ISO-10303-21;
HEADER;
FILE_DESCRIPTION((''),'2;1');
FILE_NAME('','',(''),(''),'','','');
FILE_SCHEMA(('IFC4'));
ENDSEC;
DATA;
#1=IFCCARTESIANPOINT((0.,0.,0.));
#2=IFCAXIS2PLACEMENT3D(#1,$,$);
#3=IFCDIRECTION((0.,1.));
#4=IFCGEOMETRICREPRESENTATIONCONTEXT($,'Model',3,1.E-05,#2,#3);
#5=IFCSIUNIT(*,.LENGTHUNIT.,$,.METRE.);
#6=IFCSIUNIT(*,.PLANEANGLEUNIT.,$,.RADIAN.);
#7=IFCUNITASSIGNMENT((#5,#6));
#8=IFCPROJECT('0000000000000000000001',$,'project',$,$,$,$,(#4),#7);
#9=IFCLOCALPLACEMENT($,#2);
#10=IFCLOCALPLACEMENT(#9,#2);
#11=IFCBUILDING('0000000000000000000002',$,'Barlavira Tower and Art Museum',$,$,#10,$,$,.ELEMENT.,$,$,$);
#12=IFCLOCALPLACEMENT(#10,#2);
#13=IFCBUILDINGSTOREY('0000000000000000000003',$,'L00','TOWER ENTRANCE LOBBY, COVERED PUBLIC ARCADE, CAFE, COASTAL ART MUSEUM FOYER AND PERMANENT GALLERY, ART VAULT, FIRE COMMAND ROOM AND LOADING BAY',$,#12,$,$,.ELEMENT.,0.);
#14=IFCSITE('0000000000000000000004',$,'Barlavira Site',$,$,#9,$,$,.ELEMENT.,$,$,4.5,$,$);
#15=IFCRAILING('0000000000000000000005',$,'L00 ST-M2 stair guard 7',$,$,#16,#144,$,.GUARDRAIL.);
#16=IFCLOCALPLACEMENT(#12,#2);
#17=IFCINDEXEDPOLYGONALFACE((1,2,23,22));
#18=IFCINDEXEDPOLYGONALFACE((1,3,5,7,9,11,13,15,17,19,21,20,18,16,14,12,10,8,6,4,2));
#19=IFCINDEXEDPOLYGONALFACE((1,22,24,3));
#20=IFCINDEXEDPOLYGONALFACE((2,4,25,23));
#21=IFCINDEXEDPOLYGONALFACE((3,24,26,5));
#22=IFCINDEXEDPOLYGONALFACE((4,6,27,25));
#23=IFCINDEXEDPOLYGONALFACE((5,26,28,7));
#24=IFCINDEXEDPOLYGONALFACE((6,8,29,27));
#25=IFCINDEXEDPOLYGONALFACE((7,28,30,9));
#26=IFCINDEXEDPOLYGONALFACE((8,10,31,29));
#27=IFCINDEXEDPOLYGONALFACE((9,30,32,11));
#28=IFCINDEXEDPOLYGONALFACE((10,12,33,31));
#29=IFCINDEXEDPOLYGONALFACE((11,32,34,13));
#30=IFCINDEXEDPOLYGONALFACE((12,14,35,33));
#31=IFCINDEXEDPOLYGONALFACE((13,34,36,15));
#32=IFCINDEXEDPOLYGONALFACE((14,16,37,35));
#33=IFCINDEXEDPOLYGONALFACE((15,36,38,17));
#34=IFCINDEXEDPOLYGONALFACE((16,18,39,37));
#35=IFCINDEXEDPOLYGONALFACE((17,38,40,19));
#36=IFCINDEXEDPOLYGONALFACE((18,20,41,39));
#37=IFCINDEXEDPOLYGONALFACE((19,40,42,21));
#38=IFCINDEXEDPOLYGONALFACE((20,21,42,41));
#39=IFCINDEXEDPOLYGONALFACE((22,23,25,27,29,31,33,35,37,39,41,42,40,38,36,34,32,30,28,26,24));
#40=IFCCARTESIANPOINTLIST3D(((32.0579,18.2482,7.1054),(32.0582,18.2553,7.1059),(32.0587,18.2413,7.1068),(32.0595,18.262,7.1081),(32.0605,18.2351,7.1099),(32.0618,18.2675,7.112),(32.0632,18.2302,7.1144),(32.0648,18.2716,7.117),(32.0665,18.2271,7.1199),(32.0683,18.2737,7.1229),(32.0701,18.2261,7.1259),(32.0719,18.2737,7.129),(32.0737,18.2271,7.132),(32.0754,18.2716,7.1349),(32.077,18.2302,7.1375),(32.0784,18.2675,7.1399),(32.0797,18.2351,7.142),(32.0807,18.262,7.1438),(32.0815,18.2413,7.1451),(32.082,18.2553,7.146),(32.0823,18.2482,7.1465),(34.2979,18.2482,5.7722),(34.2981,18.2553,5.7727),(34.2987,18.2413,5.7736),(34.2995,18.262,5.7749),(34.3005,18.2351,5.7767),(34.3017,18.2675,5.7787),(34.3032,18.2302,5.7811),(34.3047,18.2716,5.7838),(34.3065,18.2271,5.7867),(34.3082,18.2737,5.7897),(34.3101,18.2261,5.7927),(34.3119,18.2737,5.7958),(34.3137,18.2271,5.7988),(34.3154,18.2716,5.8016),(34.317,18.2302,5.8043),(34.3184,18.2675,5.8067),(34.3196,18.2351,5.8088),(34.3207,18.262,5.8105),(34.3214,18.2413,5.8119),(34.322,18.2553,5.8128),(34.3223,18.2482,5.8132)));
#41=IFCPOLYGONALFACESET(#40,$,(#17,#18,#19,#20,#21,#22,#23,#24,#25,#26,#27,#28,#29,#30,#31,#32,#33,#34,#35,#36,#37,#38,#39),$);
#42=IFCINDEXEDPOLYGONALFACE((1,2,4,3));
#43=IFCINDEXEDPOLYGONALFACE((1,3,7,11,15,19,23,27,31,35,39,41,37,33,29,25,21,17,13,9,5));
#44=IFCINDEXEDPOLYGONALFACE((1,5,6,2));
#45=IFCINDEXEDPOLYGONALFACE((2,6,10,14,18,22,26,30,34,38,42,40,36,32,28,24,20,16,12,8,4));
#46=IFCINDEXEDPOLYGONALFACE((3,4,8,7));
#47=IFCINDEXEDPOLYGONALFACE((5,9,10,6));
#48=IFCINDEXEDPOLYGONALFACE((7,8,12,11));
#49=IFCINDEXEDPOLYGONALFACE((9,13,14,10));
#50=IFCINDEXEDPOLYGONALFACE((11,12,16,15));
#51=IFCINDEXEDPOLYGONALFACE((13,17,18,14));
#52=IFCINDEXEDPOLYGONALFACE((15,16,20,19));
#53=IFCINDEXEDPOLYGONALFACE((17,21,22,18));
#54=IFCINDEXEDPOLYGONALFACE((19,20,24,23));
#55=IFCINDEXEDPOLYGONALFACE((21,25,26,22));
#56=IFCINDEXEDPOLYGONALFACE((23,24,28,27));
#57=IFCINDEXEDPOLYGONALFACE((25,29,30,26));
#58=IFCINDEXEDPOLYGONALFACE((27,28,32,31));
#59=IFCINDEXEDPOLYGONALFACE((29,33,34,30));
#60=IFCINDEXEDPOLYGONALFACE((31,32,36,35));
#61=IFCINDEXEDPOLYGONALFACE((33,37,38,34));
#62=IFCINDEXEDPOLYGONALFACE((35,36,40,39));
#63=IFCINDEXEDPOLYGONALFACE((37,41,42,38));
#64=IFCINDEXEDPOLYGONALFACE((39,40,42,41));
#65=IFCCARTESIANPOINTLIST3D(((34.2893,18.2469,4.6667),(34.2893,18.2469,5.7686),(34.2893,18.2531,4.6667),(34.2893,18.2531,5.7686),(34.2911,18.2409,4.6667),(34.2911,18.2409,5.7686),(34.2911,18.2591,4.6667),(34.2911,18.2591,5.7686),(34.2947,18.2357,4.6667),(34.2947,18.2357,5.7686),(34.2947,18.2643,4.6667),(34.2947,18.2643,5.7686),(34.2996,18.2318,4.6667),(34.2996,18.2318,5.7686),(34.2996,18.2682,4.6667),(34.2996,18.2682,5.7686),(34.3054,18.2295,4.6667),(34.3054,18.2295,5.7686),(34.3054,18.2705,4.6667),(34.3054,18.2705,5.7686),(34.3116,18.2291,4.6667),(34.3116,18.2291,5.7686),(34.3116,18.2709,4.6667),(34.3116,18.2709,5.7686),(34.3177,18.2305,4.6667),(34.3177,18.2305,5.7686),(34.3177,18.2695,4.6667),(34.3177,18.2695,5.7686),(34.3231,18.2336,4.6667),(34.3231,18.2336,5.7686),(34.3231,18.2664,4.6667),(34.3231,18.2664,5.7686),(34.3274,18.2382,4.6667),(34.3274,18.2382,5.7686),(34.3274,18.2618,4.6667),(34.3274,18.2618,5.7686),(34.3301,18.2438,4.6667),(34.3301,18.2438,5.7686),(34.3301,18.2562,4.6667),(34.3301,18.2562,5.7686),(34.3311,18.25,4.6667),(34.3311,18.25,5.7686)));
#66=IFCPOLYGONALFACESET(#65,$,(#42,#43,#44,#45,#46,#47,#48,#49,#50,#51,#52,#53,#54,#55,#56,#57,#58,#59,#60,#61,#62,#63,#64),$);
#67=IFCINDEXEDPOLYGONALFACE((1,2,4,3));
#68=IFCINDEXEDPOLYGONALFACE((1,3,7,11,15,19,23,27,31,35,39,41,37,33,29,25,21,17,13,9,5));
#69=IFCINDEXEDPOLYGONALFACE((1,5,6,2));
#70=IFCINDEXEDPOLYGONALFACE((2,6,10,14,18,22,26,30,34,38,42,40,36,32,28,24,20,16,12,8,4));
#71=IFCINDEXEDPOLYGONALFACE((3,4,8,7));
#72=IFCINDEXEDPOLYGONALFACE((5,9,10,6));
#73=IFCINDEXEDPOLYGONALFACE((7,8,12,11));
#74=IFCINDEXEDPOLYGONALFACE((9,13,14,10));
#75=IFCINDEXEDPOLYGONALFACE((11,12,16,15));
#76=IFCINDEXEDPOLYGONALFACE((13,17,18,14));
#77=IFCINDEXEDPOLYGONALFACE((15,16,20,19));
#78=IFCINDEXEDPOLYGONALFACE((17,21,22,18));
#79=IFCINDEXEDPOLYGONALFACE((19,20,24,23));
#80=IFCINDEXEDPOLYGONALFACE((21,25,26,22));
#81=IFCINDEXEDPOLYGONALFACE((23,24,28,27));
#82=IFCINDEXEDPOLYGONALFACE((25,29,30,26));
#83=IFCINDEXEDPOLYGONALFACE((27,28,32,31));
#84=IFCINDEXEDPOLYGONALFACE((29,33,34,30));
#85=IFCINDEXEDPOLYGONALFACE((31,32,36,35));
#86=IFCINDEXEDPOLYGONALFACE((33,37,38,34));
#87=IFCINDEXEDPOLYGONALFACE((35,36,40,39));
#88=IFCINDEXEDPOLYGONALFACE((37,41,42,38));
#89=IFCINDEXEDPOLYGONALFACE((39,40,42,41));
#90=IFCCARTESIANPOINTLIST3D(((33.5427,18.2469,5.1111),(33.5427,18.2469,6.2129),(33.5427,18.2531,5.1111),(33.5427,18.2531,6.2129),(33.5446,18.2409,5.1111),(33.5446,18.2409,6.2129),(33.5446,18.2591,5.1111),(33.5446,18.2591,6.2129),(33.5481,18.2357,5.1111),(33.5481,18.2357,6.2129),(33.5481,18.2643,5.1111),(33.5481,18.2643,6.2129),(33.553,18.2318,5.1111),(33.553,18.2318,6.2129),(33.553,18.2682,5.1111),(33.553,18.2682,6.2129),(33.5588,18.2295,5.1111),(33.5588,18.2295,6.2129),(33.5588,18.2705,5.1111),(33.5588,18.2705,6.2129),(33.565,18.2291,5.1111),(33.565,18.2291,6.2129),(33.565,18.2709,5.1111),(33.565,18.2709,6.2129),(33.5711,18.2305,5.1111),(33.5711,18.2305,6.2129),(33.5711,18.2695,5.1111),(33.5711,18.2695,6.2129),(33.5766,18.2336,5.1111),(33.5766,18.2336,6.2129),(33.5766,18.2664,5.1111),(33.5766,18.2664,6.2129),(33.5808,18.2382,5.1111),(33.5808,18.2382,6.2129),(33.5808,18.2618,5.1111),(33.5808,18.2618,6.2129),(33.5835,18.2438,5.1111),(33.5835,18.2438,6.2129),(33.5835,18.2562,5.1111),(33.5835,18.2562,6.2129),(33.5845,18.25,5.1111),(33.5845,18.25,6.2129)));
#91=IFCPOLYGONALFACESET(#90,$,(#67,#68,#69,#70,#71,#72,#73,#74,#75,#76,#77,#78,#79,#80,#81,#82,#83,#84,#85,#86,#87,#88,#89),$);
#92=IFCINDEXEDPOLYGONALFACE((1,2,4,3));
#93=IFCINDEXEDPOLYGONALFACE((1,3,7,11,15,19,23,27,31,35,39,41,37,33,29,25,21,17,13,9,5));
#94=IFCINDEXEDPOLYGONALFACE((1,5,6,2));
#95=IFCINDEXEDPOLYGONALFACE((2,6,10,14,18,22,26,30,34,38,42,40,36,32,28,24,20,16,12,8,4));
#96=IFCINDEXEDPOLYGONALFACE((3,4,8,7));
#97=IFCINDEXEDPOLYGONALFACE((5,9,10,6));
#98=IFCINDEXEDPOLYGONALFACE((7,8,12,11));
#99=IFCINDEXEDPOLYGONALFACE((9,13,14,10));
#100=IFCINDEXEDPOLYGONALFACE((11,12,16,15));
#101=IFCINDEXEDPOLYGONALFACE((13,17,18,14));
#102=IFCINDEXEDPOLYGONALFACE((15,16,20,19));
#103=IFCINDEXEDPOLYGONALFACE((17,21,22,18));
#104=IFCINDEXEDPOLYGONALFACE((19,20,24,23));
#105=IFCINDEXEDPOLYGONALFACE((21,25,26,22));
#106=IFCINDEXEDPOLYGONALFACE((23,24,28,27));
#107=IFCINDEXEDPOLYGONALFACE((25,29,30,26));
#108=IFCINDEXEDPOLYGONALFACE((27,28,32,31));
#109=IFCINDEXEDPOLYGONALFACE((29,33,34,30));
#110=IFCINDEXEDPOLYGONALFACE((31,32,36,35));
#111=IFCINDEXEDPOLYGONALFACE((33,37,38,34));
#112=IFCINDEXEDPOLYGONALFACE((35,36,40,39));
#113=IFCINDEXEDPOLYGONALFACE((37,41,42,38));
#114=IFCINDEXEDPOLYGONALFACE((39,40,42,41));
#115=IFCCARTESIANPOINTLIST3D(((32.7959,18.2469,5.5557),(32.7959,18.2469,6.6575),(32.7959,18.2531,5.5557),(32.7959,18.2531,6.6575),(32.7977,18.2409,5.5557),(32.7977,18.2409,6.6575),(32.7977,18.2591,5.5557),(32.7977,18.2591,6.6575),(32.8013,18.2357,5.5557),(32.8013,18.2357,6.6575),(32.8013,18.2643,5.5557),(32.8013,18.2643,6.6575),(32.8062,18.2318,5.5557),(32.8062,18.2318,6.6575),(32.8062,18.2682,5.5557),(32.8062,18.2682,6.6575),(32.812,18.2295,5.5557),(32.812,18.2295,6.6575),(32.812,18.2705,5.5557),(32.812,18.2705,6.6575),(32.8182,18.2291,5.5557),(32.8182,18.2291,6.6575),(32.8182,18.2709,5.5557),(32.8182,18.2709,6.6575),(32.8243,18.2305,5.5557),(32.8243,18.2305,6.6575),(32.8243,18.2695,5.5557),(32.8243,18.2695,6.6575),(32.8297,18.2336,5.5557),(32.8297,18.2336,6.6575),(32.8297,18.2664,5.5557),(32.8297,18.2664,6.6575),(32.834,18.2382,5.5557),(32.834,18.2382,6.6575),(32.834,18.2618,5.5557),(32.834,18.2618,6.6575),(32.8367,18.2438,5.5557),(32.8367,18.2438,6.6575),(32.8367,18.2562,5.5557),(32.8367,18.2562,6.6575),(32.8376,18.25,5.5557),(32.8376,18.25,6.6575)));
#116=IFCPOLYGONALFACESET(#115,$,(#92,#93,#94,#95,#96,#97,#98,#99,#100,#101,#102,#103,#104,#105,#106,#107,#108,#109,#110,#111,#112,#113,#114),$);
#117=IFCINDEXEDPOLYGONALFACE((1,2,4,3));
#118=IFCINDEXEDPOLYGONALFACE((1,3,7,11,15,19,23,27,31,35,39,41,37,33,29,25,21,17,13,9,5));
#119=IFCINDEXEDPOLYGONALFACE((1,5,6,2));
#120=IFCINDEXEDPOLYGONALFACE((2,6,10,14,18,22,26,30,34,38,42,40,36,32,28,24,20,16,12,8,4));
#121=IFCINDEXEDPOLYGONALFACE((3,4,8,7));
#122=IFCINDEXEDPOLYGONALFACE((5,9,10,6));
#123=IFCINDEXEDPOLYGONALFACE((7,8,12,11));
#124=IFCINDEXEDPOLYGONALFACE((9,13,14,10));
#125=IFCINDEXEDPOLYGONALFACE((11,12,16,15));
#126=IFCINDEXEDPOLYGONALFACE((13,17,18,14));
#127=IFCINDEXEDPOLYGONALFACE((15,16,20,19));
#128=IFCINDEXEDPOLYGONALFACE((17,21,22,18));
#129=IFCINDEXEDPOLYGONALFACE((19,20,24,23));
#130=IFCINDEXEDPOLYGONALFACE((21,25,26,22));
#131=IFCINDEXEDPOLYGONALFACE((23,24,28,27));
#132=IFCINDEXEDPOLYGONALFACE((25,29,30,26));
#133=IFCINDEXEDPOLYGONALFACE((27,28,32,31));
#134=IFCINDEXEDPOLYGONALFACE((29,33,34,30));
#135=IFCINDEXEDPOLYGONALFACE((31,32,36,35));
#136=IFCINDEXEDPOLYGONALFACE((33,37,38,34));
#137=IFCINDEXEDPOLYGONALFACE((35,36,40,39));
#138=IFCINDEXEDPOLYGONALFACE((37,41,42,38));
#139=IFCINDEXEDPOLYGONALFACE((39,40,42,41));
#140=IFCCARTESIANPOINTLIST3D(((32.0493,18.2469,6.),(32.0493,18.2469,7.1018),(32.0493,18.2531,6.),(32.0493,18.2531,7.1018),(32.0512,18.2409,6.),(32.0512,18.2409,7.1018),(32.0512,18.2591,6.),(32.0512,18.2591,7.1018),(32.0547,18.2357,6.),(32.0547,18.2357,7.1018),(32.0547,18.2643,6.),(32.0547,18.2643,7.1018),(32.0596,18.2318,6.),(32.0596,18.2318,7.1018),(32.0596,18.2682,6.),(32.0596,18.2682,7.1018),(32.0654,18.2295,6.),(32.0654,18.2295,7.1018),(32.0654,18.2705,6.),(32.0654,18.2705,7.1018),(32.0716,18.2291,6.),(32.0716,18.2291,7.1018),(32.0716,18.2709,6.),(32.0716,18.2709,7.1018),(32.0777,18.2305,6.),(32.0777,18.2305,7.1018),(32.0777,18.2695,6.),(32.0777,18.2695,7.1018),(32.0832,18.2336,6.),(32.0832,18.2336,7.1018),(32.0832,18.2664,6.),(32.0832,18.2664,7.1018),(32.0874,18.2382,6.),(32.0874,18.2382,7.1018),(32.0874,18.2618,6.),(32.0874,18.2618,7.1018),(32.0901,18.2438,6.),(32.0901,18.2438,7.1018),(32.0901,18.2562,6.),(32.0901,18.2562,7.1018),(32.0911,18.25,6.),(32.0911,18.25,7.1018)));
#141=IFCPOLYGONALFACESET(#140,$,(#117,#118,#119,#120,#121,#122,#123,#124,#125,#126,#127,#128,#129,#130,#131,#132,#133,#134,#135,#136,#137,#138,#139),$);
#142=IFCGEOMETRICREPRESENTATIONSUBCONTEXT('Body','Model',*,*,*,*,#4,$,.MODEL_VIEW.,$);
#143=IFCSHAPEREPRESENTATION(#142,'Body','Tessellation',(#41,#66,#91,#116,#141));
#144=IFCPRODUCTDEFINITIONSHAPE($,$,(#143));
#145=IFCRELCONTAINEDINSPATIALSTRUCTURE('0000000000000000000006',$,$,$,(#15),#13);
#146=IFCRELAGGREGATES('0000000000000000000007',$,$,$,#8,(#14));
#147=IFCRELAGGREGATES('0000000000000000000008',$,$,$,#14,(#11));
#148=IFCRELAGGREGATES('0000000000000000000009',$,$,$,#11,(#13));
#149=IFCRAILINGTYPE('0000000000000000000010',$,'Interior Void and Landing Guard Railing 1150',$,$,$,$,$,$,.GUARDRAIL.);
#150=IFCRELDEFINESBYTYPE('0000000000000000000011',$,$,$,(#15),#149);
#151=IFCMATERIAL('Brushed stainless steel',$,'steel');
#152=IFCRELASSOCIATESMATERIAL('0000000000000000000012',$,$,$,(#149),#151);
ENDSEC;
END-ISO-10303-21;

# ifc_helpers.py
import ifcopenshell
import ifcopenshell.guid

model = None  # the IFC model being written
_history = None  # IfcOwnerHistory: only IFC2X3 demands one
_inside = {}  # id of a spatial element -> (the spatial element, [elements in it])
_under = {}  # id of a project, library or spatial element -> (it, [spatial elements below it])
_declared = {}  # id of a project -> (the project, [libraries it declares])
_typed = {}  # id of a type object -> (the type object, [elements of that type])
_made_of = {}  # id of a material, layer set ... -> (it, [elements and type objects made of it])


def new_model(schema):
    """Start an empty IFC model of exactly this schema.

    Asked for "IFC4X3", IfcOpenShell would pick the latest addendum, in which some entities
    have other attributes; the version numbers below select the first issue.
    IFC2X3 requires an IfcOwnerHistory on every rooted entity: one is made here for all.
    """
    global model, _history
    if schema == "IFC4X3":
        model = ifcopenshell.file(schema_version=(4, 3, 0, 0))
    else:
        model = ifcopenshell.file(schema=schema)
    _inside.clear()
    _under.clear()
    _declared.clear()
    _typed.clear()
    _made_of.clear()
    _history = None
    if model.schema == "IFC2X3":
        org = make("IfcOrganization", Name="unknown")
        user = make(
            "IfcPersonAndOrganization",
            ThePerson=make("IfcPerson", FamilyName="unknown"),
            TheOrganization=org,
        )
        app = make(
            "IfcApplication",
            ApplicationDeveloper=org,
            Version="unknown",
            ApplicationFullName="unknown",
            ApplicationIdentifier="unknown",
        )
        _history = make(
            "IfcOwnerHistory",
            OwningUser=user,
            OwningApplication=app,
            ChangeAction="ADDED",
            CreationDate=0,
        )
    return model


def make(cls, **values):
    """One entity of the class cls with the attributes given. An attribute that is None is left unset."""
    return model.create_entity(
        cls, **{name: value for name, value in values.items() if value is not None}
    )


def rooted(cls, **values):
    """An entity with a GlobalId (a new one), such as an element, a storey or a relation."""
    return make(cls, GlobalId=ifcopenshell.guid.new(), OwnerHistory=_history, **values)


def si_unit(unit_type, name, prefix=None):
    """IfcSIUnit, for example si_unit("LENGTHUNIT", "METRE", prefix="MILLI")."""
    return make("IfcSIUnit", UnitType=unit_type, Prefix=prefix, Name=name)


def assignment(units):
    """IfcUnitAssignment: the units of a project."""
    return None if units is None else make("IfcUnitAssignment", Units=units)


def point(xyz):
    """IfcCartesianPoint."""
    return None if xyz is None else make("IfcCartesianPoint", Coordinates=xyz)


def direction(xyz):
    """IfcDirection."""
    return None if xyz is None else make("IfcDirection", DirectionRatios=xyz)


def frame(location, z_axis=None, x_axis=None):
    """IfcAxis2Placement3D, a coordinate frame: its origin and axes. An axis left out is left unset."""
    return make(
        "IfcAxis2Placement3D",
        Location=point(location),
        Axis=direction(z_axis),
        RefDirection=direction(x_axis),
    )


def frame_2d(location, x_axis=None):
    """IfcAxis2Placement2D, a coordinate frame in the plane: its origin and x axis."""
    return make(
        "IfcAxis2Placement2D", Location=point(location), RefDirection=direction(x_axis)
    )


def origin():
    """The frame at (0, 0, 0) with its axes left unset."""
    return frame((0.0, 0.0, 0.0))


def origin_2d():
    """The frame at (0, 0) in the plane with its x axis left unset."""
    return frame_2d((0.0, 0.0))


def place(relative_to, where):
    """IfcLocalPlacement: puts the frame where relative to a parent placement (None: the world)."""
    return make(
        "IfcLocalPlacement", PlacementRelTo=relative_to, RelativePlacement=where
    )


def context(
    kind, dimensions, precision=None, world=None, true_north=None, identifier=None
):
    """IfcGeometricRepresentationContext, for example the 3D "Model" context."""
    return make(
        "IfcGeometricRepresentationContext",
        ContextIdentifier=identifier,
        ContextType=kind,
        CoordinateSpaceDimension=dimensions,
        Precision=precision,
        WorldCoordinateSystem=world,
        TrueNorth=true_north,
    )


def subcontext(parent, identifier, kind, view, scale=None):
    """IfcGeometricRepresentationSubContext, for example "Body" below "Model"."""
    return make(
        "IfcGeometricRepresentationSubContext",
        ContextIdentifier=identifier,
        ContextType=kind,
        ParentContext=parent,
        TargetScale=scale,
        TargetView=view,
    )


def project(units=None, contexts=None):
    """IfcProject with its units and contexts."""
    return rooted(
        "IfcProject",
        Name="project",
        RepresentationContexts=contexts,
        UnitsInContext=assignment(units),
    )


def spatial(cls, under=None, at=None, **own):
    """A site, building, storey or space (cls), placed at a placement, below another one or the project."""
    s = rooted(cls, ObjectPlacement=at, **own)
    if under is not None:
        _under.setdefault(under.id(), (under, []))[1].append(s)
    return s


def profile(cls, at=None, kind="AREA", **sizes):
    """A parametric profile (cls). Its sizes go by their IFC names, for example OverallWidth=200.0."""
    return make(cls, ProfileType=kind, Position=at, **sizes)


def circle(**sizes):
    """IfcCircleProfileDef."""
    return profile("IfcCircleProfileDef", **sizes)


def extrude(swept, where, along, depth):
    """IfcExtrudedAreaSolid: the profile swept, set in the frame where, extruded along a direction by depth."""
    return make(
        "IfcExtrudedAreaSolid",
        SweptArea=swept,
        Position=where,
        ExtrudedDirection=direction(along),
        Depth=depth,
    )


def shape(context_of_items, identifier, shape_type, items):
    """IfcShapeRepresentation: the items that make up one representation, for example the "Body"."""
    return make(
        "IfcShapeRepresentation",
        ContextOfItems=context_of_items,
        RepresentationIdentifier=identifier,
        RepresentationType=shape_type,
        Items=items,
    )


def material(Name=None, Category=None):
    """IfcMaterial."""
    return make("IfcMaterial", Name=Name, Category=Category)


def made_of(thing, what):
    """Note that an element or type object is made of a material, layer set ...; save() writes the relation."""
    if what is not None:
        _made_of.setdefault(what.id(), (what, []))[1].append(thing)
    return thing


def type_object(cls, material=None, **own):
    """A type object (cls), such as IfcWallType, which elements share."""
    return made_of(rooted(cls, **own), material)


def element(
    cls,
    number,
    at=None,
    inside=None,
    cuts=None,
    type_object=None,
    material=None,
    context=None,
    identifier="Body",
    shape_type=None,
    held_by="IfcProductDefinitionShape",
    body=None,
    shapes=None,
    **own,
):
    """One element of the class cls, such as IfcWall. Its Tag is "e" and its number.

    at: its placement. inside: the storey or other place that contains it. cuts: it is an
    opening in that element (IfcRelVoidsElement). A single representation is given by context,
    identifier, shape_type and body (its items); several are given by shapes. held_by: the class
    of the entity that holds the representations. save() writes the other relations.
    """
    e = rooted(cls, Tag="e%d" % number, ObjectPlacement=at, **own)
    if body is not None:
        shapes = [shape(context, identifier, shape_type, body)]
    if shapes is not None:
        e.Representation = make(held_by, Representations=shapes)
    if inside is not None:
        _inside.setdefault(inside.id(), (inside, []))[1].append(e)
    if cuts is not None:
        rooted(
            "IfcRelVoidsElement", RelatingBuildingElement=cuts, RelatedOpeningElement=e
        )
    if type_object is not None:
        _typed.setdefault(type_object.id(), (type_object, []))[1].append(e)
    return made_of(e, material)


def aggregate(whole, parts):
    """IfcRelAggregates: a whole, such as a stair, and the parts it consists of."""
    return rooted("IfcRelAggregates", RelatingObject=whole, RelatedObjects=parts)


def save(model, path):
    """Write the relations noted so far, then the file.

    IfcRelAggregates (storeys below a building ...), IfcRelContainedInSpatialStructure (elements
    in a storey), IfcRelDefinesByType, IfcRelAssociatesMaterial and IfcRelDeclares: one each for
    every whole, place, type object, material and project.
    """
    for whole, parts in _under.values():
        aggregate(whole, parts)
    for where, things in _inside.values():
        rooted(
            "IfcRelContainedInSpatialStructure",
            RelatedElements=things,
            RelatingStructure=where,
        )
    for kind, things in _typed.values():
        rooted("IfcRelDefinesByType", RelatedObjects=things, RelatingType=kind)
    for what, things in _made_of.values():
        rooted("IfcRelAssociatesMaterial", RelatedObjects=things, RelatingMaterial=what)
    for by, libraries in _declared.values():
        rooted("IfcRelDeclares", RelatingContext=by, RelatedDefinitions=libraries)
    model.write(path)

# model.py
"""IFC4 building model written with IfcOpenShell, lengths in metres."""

from ifc_helpers import new_model, si_unit, direction, frame, origin, origin_2d, place, context, subcontext, project, spatial, circle, extrude, material, type_object, element, save


model = new_model("IFC4")

# Units and contexts
model_context = context("Model", 3, precision=1e-05, world=origin(), true_north=direction((0.0, 1.0)))
body_context = subcontext(model_context, "Body", "Model", "MODEL_VIEW")
ifc_project = project(units=[si_unit("LENGTHUNIT", "METRE"), si_unit("PLANEANGLEUNIT", "RADIAN")], contexts=[model_context])

# Site, building, storey
site_placement = place(None, origin())
site = spatial("IfcSite", under=ifc_project, at=site_placement, Name="Barlavira Site", CompositionType="ELEMENT", RefElevation=4.5)
building_placement = place(site_placement, origin())
building = spatial("IfcBuilding", under=site, at=building_placement, Name="Barlavira Tower and Art Museum", CompositionType="ELEMENT")
storey_placement = place(building_placement, origin())
storey = spatial("IfcBuildingStorey", under=building, at=storey_placement, Name="L00", Description="TOWER ENTRANCE LOBBY, COVERED PUBLIC ARCADE, CAFE, COASTAL ART MUSEUM FOYER AND PERMANENT GALLERY, ART VAULT, FIRE COMMAND ROOM AND LOADING BAY", CompositionType="ELEMENT", Elevation=0.0)

# Shared definitions
ifc_material_1 = material(Name="Brushed stainless steel", Category="steel")

# Railing
railing_type_1 = type_object("IfcRailingType", Name="Interior Void and Landing Guard Railing 1150", PredefinedType="GUARDRAIL", material=ifc_material_1)
railing_1_placement = place(storey_placement, frame((34.3101, 18.25, 4.6667)))
element("IfcRailing", 1, at=railing_1_placement, inside=storey, type_object=railing_type_1, Name="L00 ST-M2 stair guard 7", PredefinedType="GUARDRAIL", context=body_context, shape_type="SweptSolid", body=[
    extrude(circle(Radius=0.0239, at=origin_2d()), frame((0.0, 0.0, 1.126), z_axis=(-0.859306, 0.0, 0.511462), x_axis=(0.0, -1.0, 0.0)), (0.0, 0.0, 1.0), 2.6067),
    extrude(circle(Radius=0.021, at=origin_2d()), origin(), (0.0, 0.0, 1.0), 1.1018),
    extrude(circle(Radius=0.021, at=origin_2d()), frame((-0.7466, 0.0, 0.4443)), (0.0, 0.0, 1.0), 1.1018),
    extrude(circle(Radius=0.021, at=origin_2d()), frame((-1.4934, 0.0, 0.8889)), (0.0, 0.0, 1.0), 1.1018),
    extrude(circle(Radius=0.021, at=origin_2d()), frame((-2.24, 0.0, 1.3333)), (0.0, 0.0, 1.0), 1.1018),
])

save(model, "model.ifc")
